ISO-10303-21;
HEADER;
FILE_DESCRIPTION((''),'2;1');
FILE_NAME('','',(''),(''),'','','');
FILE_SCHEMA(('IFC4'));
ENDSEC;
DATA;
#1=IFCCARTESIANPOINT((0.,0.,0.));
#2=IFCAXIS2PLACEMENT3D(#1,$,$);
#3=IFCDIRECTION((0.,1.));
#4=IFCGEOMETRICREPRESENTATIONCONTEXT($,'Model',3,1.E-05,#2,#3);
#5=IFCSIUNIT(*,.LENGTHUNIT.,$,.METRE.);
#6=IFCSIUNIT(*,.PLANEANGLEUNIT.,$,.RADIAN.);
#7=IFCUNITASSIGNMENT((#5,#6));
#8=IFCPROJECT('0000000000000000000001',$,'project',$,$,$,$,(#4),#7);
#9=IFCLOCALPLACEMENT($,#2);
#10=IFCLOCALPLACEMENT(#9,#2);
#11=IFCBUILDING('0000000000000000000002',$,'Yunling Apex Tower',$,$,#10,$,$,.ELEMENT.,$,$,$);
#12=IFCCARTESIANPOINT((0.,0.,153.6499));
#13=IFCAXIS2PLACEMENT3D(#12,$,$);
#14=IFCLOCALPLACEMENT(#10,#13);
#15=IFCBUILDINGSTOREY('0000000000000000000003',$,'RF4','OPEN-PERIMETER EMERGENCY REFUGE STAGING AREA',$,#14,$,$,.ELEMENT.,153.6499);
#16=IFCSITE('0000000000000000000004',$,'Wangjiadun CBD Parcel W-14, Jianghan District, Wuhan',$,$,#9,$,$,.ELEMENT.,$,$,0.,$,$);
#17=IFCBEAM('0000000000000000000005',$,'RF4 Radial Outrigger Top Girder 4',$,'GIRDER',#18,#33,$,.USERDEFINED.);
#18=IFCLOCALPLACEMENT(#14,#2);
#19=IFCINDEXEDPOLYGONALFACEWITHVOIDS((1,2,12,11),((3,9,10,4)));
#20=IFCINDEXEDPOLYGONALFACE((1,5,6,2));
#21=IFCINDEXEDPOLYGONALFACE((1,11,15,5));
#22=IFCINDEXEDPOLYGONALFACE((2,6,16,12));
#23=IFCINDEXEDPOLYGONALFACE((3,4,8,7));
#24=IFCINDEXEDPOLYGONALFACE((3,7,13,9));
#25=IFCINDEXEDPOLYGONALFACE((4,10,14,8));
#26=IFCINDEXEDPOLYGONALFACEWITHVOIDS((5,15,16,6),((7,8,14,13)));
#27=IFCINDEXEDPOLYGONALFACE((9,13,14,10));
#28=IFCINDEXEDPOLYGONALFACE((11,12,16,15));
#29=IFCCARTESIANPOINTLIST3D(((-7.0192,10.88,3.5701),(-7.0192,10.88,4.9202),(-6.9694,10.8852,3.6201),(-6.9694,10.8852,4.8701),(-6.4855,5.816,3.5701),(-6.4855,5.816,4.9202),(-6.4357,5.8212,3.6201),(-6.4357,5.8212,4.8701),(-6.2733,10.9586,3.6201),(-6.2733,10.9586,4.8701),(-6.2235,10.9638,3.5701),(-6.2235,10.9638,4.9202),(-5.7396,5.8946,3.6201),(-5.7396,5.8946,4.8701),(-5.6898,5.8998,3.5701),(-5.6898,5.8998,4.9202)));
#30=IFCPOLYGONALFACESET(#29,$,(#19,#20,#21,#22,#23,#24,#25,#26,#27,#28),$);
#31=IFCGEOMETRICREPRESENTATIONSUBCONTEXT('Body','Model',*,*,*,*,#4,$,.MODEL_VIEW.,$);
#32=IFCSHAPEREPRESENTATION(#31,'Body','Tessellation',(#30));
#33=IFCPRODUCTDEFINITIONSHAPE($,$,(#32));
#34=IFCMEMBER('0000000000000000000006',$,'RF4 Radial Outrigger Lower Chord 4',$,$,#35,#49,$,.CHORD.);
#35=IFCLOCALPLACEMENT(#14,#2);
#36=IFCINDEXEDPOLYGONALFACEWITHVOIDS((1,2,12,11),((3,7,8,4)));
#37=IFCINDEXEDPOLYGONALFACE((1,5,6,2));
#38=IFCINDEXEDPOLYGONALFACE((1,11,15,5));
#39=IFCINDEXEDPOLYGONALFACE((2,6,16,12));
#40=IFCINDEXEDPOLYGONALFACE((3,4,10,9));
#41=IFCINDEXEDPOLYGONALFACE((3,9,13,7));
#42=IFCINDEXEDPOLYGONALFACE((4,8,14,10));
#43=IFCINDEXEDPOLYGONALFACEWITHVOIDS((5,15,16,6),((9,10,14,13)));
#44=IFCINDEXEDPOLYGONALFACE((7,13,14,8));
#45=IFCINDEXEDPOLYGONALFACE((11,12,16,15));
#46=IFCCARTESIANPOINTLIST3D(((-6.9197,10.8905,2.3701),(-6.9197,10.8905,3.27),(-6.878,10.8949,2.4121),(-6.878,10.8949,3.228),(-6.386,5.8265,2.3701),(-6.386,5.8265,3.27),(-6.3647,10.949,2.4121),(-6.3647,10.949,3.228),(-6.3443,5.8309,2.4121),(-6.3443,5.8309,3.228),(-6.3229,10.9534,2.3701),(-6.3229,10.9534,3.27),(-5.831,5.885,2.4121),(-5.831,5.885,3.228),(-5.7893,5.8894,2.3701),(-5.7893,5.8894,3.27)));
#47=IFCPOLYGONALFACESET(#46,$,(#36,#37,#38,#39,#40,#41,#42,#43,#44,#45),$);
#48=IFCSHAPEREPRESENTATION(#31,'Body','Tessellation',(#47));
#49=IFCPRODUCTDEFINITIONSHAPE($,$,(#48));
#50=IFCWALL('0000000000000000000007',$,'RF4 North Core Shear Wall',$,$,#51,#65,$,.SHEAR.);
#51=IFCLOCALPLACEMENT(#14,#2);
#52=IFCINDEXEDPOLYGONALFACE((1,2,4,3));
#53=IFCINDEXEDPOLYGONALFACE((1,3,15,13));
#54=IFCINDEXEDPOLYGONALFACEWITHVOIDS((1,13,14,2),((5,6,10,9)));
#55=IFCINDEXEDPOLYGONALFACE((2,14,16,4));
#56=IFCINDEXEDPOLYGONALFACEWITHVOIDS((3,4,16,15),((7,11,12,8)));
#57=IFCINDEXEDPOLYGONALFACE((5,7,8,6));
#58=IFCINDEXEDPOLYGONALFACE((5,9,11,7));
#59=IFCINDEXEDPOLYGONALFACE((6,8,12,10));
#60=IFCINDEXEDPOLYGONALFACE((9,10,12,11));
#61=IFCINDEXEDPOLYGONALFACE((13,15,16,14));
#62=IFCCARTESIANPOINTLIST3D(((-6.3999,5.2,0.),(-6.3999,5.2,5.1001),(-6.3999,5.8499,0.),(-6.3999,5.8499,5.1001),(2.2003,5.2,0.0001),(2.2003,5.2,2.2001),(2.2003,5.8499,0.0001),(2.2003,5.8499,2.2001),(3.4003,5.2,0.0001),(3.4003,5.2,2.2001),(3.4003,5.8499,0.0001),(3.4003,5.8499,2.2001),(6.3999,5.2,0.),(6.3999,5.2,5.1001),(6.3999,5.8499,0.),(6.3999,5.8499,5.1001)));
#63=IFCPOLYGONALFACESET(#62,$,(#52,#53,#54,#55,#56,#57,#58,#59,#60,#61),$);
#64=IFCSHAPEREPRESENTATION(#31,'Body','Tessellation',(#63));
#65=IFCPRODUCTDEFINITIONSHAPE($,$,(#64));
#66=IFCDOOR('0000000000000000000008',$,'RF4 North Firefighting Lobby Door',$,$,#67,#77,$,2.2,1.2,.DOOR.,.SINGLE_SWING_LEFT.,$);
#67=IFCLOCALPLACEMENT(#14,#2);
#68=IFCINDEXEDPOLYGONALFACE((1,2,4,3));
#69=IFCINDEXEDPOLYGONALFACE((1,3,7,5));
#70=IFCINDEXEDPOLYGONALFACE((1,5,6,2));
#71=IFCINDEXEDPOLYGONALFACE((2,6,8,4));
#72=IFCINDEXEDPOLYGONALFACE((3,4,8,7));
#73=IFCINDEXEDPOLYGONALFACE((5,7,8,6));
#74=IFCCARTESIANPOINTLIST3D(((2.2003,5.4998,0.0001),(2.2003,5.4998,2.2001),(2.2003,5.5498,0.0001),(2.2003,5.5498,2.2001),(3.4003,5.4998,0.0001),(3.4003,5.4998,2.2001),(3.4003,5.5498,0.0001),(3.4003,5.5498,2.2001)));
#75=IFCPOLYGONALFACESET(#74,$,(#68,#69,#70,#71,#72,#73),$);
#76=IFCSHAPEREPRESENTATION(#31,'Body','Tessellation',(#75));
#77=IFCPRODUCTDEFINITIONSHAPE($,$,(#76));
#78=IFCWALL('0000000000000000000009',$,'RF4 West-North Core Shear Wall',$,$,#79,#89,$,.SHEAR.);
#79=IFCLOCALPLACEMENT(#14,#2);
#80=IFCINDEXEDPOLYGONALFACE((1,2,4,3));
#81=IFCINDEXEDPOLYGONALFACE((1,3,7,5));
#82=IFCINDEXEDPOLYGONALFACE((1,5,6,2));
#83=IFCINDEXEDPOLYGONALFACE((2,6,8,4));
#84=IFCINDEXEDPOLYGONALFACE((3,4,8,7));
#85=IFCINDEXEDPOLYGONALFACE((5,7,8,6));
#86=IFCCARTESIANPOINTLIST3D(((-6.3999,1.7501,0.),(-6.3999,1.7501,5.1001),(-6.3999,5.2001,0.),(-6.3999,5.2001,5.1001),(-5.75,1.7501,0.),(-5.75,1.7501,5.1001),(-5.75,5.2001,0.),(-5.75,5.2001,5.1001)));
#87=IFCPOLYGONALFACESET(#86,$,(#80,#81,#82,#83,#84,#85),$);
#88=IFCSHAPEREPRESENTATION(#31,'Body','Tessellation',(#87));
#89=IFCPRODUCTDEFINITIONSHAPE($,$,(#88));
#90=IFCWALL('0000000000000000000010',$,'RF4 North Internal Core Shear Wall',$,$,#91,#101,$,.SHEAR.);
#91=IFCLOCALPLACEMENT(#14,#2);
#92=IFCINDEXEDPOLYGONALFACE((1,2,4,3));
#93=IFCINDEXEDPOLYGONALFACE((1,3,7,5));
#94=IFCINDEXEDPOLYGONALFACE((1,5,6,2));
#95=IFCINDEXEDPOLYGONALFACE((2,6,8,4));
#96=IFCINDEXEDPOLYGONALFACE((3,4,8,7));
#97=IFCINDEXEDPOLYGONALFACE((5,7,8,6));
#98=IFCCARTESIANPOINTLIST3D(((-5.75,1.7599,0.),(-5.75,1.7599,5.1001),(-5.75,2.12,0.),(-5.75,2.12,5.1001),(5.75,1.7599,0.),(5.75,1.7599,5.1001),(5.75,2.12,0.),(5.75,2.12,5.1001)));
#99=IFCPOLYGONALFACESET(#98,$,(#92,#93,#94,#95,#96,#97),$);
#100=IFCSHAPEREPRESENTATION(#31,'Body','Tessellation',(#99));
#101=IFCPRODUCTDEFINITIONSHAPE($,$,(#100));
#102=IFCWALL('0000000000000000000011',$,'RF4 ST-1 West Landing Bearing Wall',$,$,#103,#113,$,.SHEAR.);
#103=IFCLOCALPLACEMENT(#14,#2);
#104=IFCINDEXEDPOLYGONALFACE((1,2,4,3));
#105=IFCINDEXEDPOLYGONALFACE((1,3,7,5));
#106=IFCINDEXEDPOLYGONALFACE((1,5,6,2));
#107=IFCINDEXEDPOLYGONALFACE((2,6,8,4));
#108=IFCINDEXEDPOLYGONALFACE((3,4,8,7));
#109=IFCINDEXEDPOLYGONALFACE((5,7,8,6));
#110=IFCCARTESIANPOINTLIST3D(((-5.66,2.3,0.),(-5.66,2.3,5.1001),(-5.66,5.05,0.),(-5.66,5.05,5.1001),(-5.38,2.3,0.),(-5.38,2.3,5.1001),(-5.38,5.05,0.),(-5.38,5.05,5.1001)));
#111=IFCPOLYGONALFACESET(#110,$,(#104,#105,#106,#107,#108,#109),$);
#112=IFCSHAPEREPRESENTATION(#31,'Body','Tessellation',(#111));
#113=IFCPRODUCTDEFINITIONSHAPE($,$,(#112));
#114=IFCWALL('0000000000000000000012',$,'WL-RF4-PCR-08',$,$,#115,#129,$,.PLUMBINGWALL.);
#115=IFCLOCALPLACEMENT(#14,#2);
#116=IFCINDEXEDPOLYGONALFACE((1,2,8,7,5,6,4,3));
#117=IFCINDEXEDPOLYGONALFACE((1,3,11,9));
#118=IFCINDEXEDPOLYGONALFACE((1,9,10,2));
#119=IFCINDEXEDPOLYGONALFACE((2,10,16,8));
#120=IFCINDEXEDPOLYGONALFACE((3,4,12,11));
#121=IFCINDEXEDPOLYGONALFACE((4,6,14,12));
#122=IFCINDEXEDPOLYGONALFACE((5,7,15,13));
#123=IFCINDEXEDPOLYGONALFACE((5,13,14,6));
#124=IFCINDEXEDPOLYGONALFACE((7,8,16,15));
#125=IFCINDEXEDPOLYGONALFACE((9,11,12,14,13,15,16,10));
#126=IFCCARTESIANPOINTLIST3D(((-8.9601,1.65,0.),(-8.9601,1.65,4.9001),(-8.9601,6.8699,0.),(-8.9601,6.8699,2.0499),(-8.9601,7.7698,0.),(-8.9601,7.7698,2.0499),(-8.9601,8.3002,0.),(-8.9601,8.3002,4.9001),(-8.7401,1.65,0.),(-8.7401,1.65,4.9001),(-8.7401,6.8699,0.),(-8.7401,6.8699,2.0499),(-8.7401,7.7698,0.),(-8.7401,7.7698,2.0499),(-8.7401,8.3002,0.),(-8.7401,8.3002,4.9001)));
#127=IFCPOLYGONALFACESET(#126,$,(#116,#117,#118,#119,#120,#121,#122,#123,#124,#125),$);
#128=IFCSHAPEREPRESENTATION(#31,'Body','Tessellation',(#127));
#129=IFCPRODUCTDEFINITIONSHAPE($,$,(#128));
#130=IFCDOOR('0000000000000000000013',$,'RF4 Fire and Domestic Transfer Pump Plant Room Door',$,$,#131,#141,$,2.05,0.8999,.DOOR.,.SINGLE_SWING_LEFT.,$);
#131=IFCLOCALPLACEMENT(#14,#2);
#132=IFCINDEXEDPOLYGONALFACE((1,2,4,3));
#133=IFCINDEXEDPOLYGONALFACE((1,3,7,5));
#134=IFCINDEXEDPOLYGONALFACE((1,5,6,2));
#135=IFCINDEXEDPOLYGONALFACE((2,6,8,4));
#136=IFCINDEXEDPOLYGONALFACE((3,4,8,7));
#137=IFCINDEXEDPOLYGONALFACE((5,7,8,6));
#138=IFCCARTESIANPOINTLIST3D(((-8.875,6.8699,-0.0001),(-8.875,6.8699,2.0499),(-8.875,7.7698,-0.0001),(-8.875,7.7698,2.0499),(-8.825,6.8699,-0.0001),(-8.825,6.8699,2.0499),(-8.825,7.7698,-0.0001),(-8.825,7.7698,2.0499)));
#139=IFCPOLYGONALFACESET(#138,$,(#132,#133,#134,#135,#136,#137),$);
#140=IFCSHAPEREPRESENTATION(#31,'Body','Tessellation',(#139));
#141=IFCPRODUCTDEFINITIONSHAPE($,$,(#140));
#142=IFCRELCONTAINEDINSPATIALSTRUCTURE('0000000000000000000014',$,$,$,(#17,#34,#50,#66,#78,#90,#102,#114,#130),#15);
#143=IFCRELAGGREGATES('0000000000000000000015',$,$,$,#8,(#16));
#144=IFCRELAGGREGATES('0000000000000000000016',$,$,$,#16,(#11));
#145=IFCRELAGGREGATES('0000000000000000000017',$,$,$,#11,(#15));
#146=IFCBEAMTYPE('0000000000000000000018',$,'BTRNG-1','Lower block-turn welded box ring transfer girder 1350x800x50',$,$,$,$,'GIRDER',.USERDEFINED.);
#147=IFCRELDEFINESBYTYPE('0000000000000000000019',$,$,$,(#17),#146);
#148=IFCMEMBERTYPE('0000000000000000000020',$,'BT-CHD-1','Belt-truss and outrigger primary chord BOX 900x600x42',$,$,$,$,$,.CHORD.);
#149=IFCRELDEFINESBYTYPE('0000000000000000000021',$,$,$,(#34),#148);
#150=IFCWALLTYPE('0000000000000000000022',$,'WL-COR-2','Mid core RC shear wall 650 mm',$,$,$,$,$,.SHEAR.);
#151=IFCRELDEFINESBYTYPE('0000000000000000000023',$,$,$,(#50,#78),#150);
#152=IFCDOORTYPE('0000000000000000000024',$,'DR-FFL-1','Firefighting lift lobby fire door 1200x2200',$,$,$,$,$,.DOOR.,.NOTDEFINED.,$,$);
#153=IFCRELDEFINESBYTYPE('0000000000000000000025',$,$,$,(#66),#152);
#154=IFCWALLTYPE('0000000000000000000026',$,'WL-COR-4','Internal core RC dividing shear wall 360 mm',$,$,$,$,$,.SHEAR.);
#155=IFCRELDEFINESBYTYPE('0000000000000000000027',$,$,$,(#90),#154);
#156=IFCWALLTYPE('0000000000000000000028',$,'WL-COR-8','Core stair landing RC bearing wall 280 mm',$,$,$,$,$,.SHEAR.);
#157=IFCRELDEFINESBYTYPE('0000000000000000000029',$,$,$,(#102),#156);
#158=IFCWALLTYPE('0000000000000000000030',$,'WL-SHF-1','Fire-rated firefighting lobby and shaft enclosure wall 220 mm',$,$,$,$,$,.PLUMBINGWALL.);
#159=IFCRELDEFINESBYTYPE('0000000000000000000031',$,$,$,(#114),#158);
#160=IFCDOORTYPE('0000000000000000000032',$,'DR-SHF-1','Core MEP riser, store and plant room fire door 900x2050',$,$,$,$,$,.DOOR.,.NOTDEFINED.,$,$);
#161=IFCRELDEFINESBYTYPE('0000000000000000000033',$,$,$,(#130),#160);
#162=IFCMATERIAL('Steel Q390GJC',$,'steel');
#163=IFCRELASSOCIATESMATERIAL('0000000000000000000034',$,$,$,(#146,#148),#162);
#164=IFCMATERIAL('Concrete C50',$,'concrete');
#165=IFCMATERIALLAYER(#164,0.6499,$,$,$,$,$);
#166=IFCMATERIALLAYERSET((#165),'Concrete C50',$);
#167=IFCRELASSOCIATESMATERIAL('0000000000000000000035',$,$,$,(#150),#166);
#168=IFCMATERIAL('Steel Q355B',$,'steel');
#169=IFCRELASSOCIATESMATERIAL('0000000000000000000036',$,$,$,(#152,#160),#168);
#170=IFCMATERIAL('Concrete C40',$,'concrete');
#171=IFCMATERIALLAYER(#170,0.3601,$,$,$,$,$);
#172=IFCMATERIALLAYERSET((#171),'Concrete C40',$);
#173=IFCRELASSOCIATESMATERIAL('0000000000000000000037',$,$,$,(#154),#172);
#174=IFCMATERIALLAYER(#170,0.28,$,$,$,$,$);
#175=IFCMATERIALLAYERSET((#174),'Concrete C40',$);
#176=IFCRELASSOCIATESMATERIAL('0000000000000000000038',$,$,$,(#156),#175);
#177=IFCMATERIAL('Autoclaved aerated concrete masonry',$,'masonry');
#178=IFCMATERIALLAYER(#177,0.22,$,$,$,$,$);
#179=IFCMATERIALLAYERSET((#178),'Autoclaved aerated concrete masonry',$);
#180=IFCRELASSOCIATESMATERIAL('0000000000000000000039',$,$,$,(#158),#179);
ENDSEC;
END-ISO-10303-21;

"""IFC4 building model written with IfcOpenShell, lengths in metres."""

from ifc_helpers import new_model, si_unit, direction, frame, frame_2d, origin, origin_2d, place, context, subcontext, project, spatial, rectangle, hollow_rectangle, extrude, source, transform, mapped, material, layer, layer_set, material_profile, profile_set, type_object, element, fill, save


model = new_model("IFC4")

# Units and contexts
model_context = context("Model", 3, precision=1e-05, world=origin(), true_north=direction((0.0, 1.0)))
body_context = subcontext(model_context, "Body", "Model", "MODEL_VIEW")
ifc_project = project(units=[si_unit("LENGTHUNIT", "METRE"), si_unit("PLANEANGLEUNIT", "RADIAN")], contexts=[model_context])

# Site, building, storey
site_placement = place(None, origin())
site = spatial("IfcSite", under=ifc_project, at=site_placement, Name="Wangjiadun CBD Parcel W-14, Jianghan District, Wuhan", CompositionType="ELEMENT", RefElevation=0.0)
building_placement = place(site_placement, origin())
building = spatial("IfcBuilding", under=site, at=building_placement, Name="Yunling Apex Tower", CompositionType="ELEMENT")
storey_placement = place(building_placement, frame((0.0, 0.0, 153.6499)))
storey = spatial("IfcBuildingStorey", under=building, at=storey_placement, Name="RF4", Description="OPEN-PERIMETER EMERGENCY REFUGE STAGING AREA", CompositionType="ELEMENT", Elevation=153.6499)

# Shared definitions
ifc_material_1 = material(Name="Concrete C50", Category="concrete")

# Beam
ifc_material_2 = material(Name="Steel Q355B", Category="steel")
ifc_material_3 = material(Name="Steel Q390GJC", Category="steel")
ifc_material_profile_1 = material_profile(ifc_material_3, hollow_rectangle(XDim=0.8, YDim=1.3501, WallThickness=0.05, at=origin_2d()))
ifc_profile_set_1 = profile_set([ifc_material_profile_1], Name="Steel Q390GJC")
beam_type_1 = type_object("IfcBeamType", Name="BTRNG-1", Description="Lower block-turn welded box ring transfer girder 1350x800x50", ElementType="GIRDER", PredefinedType="USERDEFINED", material=ifc_profile_set_1)
shared_shape_1 = source(origin(), body_context, "Body", "SweptSolid", [
    extrude(hollow_rectangle(XDim=0.8, YDim=1.3501, WallThickness=0.05, at=origin_2d()), origin(), (0.0, 0.0, 1.0), 5.092),
])
beam_1_placement = place(storey_placement, frame((-6.0876, 5.8579, 4.2451), z_axis=(-0.10481, 0.994492, 0.0), x_axis=(-0.994492, -0.10481, 0.0)))
element("IfcBeam", 1, at=beam_1_placement, inside=storey, type_object=beam_type_1, Name="RF4 Radial Outrigger Top Girder 4", ObjectType="GIRDER", PredefinedType="USERDEFINED", context=body_context, shape_type="MappedRepresentation", body=[
    mapped(shared_shape_1, transform((0.0, 0.0, 0.0), scale=1.0)),
])

# Member
ifc_material_profile_2 = material_profile(ifc_material_3, hollow_rectangle(XDim=0.6001, YDim=0.8999, WallThickness=0.042, at=origin_2d()))
ifc_profile_set_2 = profile_set([ifc_material_profile_2], Name="Steel Q390GJC")
member_type = type_object("IfcMemberType", Name="BT-CHD-1", Description="Belt-truss and outrigger primary chord BOX 900x600x42", PredefinedType="CHORD", material=ifc_profile_set_2)
shared_shape_2 = source(origin(), body_context, "Body", "SweptSolid", [
    extrude(hollow_rectangle(XDim=0.6001, YDim=0.8999, WallThickness=0.042, at=origin_2d()), origin(), (0.0, 0.0, 1.0), 5.092),
])
member_placement = place(storey_placement, frame((-6.0876, 5.8579, 2.8201), z_axis=(-0.10481, 0.994492, 0.0), x_axis=(-0.994492, -0.10481, 0.0)))
element("IfcMember", 2, at=member_placement, inside=storey, type_object=member_type, Name="RF4 Radial Outrigger Lower Chord 4", PredefinedType="CHORD", context=body_context, shape_type="MappedRepresentation", body=[
    mapped(shared_shape_2, transform((0.0, 0.0, 0.0), scale=1.0)),
])

# Wall, opening, door
ifc_layer_1 = layer(ifc_material_1, 0.6499)
ifc_layer_set_1 = layer_set([ifc_layer_1], Name="Concrete C50")
wall_type_1 = type_object("IfcWallType", Name="WL-COR-2", Description="Mid core RC shear wall 650 mm", PredefinedType="SHEAR", material=ifc_layer_set_1)
wall_1_placement = place(storey_placement, frame((-6.3999, 5.5249, 0.0), z_axis=(0.0, 0.0, 1.0), x_axis=(1.0, 0.0, 0.0)))
wall_1 = element("IfcWall", 3, at=wall_1_placement, inside=storey, type_object=wall_type_1, Name="RF4 North Core Shear Wall", PredefinedType="SHEAR", context=body_context, shape_type="SweptSolid", body=[
    extrude(rectangle(XDim=12.7998, YDim=0.6499, at=frame_2d((6.3999, 0.0))), origin(), (0.0, 0.0, 1.0), 5.1001),
])
opening_1_placement = place(wall_1_placement, frame((8.6001, 0.0, 0.0)))
opening_1 = element("IfcOpeningElement", 4, at=opening_1_placement, cuts=wall_1, PredefinedType="OPENING", context=body_context, shape_type="SweptSolid", body=[
    extrude(rectangle(XDim=1.2, YDim=2.2, at=frame_2d((0.6001, 1.1001))), frame((0.0, 0.335, 0.0), z_axis=(0.0, -1.0, 0.0), x_axis=(1.0, 0.0, 0.0)), (0.0, 0.0, 1.0), 0.6699),
])
door_type_1 = type_object("IfcDoorType", Name="DR-FFL-1", Description="Firefighting lift lobby fire door 1200x2200", OperationType="NOTDEFINED", PredefinedType="DOOR", material=ifc_material_2)
door_1_placement = place(opening_1_placement, origin())
door_1 = element("IfcDoor", 5, at=door_1_placement, inside=storey, type_object=door_type_1, Name="RF4 North Firefighting Lobby Door", OperationType="SINGLE_SWING_LEFT", OverallHeight=2.2, OverallWidth=1.2, PredefinedType="DOOR", context=body_context, shape_type="SweptSolid", body=[
    extrude(rectangle(XDim=1.2, YDim=2.2, at=frame_2d((0.6001, 1.1001))), frame((0.0, 0.0249, 0.0), z_axis=(0.0, -1.0, 0.0), x_axis=(1.0, 0.0, 0.0)), (0.0, 0.0, 1.0), 0.05),
])
fill(opening_1, door_1)

# Walls
wall_2_placement = place(storey_placement, frame((-6.075, 1.75, 0.0), z_axis=(0.0, 0.0, 1.0), x_axis=(0.0, 1.0, 0.0)))
element("IfcWall", 6, at=wall_2_placement, inside=storey, type_object=wall_type_1, Name="RF4 West-North Core Shear Wall", PredefinedType="SHEAR", context=body_context, shape_type="SweptSolid", body=[
    extrude(rectangle(XDim=3.45, YDim=0.6499, at=frame_2d((1.7251, 0.0))), origin(), (0.0, 0.0, 1.0), 5.1001),
])
ifc_material_4 = material(Name="Concrete C40", Category="concrete")
ifc_layer_2 = layer(ifc_material_4, 0.3601)
ifc_layer_set_2 = layer_set([ifc_layer_2], Name="Concrete C40")
wall_type_2 = type_object("IfcWallType", Name="WL-COR-4", Description="Internal core RC dividing shear wall 360 mm", PredefinedType="SHEAR", material=ifc_layer_set_2)
wall_3_placement = place(storey_placement, frame((-5.75, 1.9399, 0.0), z_axis=(0.0, 0.0, 1.0), x_axis=(1.0, 0.0, 0.0)))
element("IfcWall", 7, at=wall_3_placement, inside=storey, type_object=wall_type_2, Name="RF4 North Internal Core Shear Wall", PredefinedType="SHEAR", context=body_context, shape_type="SweptSolid", body=[
    extrude(rectangle(XDim=11.5, YDim=0.3601, at=frame_2d((5.75, 0.0))), origin(), (0.0, 0.0, 1.0), 5.1001),
])
ifc_layer_3 = layer(ifc_material_4, 0.28)
ifc_layer_set_3 = layer_set([ifc_layer_3], Name="Concrete C40")
wall_type_3 = type_object("IfcWallType", Name="WL-COR-8", Description="Core stair landing RC bearing wall 280 mm", PredefinedType="SHEAR", material=ifc_layer_set_3)
wall_4_placement = place(storey_placement, frame((-5.52, 2.3, 0.0), z_axis=(0.0, 0.0, 1.0), x_axis=(0.0, 1.0, 0.0)))
element("IfcWall", 8, at=wall_4_placement, inside=storey, type_object=wall_type_3, Name="RF4 ST-1 West Landing Bearing Wall", PredefinedType="SHEAR", context=body_context, shape_type="SweptSolid", body=[
    extrude(rectangle(XDim=2.75, YDim=0.28, at=frame_2d((1.375, 0.0))), origin(), (0.0, 0.0, 1.0), 5.1001),
])

# Wall, opening, door
ifc_material_5 = material(Name="Autoclaved aerated concrete masonry", Category="masonry")
ifc_layer_4 = layer(ifc_material_5, 0.22)
ifc_layer_set_4 = layer_set([ifc_layer_4], Name="Autoclaved aerated concrete masonry")
wall_type_4 = type_object("IfcWallType", Name="WL-SHF-1", Description="Fire-rated firefighting lobby and shaft enclosure wall 220 mm", PredefinedType="PLUMBINGWALL", material=ifc_layer_set_4)
wall_5_placement = place(storey_placement, frame((-8.8501, 1.6499, 0.0), z_axis=(0.0, 0.0, 1.0), x_axis=(0.0, 1.0, 0.0)))
wall_5 = element("IfcWall", 9, at=wall_5_placement, inside=storey, type_object=wall_type_4, Name="WL-RF4-PCR-08", PredefinedType="PLUMBINGWALL", context=body_context, shape_type="SweptSolid", body=[
    extrude(rectangle(XDim=6.6501, YDim=0.22, at=frame_2d((3.3252, 0.0))), origin(), (0.0, 0.0, 1.0), 4.9001),
])
opening_2_placement = place(wall_5_placement, frame((5.22, 0.0, 0.0)))
opening_2 = element("IfcOpeningElement", 10, at=opening_2_placement, cuts=wall_5, PredefinedType="OPENING", context=body_context, shape_type="SweptSolid", body=[
    extrude(rectangle(XDim=0.8999, YDim=2.05, at=frame_2d((0.45, 1.0249))), frame((0.0, 0.1201, 0.0), z_axis=(0.0, -1.0, 0.0), x_axis=(1.0, 0.0, 0.0)), (0.0, 0.0, 1.0), 0.24),
])
door_type_2 = type_object("IfcDoorType", Name="DR-SHF-1", Description="Core MEP riser, store and plant room fire door 900x2050", OperationType="NOTDEFINED", PredefinedType="DOOR", material=ifc_material_2)
door_2_placement = place(opening_2_placement, origin())
door_2 = element("IfcDoor", 11, at=door_2_placement, inside=storey, type_object=door_type_2, Name="RF4 Fire and Domestic Transfer Pump Plant Room Door", OperationType="SINGLE_SWING_LEFT", OverallHeight=2.05, OverallWidth=0.8999, PredefinedType="DOOR", context=body_context, shape_type="SweptSolid", body=[
    extrude(rectangle(XDim=0.8999, YDim=2.05, at=frame_2d((0.45, 1.0249))), frame((0.0, 0.0249, 0.0), z_axis=(0.0, -1.0, 0.0), x_axis=(1.0, 0.0, 0.0)), (0.0, 0.0, 1.0), 0.05),
])
fill(opening_2, door_2)

save(model, "model.ifc")
